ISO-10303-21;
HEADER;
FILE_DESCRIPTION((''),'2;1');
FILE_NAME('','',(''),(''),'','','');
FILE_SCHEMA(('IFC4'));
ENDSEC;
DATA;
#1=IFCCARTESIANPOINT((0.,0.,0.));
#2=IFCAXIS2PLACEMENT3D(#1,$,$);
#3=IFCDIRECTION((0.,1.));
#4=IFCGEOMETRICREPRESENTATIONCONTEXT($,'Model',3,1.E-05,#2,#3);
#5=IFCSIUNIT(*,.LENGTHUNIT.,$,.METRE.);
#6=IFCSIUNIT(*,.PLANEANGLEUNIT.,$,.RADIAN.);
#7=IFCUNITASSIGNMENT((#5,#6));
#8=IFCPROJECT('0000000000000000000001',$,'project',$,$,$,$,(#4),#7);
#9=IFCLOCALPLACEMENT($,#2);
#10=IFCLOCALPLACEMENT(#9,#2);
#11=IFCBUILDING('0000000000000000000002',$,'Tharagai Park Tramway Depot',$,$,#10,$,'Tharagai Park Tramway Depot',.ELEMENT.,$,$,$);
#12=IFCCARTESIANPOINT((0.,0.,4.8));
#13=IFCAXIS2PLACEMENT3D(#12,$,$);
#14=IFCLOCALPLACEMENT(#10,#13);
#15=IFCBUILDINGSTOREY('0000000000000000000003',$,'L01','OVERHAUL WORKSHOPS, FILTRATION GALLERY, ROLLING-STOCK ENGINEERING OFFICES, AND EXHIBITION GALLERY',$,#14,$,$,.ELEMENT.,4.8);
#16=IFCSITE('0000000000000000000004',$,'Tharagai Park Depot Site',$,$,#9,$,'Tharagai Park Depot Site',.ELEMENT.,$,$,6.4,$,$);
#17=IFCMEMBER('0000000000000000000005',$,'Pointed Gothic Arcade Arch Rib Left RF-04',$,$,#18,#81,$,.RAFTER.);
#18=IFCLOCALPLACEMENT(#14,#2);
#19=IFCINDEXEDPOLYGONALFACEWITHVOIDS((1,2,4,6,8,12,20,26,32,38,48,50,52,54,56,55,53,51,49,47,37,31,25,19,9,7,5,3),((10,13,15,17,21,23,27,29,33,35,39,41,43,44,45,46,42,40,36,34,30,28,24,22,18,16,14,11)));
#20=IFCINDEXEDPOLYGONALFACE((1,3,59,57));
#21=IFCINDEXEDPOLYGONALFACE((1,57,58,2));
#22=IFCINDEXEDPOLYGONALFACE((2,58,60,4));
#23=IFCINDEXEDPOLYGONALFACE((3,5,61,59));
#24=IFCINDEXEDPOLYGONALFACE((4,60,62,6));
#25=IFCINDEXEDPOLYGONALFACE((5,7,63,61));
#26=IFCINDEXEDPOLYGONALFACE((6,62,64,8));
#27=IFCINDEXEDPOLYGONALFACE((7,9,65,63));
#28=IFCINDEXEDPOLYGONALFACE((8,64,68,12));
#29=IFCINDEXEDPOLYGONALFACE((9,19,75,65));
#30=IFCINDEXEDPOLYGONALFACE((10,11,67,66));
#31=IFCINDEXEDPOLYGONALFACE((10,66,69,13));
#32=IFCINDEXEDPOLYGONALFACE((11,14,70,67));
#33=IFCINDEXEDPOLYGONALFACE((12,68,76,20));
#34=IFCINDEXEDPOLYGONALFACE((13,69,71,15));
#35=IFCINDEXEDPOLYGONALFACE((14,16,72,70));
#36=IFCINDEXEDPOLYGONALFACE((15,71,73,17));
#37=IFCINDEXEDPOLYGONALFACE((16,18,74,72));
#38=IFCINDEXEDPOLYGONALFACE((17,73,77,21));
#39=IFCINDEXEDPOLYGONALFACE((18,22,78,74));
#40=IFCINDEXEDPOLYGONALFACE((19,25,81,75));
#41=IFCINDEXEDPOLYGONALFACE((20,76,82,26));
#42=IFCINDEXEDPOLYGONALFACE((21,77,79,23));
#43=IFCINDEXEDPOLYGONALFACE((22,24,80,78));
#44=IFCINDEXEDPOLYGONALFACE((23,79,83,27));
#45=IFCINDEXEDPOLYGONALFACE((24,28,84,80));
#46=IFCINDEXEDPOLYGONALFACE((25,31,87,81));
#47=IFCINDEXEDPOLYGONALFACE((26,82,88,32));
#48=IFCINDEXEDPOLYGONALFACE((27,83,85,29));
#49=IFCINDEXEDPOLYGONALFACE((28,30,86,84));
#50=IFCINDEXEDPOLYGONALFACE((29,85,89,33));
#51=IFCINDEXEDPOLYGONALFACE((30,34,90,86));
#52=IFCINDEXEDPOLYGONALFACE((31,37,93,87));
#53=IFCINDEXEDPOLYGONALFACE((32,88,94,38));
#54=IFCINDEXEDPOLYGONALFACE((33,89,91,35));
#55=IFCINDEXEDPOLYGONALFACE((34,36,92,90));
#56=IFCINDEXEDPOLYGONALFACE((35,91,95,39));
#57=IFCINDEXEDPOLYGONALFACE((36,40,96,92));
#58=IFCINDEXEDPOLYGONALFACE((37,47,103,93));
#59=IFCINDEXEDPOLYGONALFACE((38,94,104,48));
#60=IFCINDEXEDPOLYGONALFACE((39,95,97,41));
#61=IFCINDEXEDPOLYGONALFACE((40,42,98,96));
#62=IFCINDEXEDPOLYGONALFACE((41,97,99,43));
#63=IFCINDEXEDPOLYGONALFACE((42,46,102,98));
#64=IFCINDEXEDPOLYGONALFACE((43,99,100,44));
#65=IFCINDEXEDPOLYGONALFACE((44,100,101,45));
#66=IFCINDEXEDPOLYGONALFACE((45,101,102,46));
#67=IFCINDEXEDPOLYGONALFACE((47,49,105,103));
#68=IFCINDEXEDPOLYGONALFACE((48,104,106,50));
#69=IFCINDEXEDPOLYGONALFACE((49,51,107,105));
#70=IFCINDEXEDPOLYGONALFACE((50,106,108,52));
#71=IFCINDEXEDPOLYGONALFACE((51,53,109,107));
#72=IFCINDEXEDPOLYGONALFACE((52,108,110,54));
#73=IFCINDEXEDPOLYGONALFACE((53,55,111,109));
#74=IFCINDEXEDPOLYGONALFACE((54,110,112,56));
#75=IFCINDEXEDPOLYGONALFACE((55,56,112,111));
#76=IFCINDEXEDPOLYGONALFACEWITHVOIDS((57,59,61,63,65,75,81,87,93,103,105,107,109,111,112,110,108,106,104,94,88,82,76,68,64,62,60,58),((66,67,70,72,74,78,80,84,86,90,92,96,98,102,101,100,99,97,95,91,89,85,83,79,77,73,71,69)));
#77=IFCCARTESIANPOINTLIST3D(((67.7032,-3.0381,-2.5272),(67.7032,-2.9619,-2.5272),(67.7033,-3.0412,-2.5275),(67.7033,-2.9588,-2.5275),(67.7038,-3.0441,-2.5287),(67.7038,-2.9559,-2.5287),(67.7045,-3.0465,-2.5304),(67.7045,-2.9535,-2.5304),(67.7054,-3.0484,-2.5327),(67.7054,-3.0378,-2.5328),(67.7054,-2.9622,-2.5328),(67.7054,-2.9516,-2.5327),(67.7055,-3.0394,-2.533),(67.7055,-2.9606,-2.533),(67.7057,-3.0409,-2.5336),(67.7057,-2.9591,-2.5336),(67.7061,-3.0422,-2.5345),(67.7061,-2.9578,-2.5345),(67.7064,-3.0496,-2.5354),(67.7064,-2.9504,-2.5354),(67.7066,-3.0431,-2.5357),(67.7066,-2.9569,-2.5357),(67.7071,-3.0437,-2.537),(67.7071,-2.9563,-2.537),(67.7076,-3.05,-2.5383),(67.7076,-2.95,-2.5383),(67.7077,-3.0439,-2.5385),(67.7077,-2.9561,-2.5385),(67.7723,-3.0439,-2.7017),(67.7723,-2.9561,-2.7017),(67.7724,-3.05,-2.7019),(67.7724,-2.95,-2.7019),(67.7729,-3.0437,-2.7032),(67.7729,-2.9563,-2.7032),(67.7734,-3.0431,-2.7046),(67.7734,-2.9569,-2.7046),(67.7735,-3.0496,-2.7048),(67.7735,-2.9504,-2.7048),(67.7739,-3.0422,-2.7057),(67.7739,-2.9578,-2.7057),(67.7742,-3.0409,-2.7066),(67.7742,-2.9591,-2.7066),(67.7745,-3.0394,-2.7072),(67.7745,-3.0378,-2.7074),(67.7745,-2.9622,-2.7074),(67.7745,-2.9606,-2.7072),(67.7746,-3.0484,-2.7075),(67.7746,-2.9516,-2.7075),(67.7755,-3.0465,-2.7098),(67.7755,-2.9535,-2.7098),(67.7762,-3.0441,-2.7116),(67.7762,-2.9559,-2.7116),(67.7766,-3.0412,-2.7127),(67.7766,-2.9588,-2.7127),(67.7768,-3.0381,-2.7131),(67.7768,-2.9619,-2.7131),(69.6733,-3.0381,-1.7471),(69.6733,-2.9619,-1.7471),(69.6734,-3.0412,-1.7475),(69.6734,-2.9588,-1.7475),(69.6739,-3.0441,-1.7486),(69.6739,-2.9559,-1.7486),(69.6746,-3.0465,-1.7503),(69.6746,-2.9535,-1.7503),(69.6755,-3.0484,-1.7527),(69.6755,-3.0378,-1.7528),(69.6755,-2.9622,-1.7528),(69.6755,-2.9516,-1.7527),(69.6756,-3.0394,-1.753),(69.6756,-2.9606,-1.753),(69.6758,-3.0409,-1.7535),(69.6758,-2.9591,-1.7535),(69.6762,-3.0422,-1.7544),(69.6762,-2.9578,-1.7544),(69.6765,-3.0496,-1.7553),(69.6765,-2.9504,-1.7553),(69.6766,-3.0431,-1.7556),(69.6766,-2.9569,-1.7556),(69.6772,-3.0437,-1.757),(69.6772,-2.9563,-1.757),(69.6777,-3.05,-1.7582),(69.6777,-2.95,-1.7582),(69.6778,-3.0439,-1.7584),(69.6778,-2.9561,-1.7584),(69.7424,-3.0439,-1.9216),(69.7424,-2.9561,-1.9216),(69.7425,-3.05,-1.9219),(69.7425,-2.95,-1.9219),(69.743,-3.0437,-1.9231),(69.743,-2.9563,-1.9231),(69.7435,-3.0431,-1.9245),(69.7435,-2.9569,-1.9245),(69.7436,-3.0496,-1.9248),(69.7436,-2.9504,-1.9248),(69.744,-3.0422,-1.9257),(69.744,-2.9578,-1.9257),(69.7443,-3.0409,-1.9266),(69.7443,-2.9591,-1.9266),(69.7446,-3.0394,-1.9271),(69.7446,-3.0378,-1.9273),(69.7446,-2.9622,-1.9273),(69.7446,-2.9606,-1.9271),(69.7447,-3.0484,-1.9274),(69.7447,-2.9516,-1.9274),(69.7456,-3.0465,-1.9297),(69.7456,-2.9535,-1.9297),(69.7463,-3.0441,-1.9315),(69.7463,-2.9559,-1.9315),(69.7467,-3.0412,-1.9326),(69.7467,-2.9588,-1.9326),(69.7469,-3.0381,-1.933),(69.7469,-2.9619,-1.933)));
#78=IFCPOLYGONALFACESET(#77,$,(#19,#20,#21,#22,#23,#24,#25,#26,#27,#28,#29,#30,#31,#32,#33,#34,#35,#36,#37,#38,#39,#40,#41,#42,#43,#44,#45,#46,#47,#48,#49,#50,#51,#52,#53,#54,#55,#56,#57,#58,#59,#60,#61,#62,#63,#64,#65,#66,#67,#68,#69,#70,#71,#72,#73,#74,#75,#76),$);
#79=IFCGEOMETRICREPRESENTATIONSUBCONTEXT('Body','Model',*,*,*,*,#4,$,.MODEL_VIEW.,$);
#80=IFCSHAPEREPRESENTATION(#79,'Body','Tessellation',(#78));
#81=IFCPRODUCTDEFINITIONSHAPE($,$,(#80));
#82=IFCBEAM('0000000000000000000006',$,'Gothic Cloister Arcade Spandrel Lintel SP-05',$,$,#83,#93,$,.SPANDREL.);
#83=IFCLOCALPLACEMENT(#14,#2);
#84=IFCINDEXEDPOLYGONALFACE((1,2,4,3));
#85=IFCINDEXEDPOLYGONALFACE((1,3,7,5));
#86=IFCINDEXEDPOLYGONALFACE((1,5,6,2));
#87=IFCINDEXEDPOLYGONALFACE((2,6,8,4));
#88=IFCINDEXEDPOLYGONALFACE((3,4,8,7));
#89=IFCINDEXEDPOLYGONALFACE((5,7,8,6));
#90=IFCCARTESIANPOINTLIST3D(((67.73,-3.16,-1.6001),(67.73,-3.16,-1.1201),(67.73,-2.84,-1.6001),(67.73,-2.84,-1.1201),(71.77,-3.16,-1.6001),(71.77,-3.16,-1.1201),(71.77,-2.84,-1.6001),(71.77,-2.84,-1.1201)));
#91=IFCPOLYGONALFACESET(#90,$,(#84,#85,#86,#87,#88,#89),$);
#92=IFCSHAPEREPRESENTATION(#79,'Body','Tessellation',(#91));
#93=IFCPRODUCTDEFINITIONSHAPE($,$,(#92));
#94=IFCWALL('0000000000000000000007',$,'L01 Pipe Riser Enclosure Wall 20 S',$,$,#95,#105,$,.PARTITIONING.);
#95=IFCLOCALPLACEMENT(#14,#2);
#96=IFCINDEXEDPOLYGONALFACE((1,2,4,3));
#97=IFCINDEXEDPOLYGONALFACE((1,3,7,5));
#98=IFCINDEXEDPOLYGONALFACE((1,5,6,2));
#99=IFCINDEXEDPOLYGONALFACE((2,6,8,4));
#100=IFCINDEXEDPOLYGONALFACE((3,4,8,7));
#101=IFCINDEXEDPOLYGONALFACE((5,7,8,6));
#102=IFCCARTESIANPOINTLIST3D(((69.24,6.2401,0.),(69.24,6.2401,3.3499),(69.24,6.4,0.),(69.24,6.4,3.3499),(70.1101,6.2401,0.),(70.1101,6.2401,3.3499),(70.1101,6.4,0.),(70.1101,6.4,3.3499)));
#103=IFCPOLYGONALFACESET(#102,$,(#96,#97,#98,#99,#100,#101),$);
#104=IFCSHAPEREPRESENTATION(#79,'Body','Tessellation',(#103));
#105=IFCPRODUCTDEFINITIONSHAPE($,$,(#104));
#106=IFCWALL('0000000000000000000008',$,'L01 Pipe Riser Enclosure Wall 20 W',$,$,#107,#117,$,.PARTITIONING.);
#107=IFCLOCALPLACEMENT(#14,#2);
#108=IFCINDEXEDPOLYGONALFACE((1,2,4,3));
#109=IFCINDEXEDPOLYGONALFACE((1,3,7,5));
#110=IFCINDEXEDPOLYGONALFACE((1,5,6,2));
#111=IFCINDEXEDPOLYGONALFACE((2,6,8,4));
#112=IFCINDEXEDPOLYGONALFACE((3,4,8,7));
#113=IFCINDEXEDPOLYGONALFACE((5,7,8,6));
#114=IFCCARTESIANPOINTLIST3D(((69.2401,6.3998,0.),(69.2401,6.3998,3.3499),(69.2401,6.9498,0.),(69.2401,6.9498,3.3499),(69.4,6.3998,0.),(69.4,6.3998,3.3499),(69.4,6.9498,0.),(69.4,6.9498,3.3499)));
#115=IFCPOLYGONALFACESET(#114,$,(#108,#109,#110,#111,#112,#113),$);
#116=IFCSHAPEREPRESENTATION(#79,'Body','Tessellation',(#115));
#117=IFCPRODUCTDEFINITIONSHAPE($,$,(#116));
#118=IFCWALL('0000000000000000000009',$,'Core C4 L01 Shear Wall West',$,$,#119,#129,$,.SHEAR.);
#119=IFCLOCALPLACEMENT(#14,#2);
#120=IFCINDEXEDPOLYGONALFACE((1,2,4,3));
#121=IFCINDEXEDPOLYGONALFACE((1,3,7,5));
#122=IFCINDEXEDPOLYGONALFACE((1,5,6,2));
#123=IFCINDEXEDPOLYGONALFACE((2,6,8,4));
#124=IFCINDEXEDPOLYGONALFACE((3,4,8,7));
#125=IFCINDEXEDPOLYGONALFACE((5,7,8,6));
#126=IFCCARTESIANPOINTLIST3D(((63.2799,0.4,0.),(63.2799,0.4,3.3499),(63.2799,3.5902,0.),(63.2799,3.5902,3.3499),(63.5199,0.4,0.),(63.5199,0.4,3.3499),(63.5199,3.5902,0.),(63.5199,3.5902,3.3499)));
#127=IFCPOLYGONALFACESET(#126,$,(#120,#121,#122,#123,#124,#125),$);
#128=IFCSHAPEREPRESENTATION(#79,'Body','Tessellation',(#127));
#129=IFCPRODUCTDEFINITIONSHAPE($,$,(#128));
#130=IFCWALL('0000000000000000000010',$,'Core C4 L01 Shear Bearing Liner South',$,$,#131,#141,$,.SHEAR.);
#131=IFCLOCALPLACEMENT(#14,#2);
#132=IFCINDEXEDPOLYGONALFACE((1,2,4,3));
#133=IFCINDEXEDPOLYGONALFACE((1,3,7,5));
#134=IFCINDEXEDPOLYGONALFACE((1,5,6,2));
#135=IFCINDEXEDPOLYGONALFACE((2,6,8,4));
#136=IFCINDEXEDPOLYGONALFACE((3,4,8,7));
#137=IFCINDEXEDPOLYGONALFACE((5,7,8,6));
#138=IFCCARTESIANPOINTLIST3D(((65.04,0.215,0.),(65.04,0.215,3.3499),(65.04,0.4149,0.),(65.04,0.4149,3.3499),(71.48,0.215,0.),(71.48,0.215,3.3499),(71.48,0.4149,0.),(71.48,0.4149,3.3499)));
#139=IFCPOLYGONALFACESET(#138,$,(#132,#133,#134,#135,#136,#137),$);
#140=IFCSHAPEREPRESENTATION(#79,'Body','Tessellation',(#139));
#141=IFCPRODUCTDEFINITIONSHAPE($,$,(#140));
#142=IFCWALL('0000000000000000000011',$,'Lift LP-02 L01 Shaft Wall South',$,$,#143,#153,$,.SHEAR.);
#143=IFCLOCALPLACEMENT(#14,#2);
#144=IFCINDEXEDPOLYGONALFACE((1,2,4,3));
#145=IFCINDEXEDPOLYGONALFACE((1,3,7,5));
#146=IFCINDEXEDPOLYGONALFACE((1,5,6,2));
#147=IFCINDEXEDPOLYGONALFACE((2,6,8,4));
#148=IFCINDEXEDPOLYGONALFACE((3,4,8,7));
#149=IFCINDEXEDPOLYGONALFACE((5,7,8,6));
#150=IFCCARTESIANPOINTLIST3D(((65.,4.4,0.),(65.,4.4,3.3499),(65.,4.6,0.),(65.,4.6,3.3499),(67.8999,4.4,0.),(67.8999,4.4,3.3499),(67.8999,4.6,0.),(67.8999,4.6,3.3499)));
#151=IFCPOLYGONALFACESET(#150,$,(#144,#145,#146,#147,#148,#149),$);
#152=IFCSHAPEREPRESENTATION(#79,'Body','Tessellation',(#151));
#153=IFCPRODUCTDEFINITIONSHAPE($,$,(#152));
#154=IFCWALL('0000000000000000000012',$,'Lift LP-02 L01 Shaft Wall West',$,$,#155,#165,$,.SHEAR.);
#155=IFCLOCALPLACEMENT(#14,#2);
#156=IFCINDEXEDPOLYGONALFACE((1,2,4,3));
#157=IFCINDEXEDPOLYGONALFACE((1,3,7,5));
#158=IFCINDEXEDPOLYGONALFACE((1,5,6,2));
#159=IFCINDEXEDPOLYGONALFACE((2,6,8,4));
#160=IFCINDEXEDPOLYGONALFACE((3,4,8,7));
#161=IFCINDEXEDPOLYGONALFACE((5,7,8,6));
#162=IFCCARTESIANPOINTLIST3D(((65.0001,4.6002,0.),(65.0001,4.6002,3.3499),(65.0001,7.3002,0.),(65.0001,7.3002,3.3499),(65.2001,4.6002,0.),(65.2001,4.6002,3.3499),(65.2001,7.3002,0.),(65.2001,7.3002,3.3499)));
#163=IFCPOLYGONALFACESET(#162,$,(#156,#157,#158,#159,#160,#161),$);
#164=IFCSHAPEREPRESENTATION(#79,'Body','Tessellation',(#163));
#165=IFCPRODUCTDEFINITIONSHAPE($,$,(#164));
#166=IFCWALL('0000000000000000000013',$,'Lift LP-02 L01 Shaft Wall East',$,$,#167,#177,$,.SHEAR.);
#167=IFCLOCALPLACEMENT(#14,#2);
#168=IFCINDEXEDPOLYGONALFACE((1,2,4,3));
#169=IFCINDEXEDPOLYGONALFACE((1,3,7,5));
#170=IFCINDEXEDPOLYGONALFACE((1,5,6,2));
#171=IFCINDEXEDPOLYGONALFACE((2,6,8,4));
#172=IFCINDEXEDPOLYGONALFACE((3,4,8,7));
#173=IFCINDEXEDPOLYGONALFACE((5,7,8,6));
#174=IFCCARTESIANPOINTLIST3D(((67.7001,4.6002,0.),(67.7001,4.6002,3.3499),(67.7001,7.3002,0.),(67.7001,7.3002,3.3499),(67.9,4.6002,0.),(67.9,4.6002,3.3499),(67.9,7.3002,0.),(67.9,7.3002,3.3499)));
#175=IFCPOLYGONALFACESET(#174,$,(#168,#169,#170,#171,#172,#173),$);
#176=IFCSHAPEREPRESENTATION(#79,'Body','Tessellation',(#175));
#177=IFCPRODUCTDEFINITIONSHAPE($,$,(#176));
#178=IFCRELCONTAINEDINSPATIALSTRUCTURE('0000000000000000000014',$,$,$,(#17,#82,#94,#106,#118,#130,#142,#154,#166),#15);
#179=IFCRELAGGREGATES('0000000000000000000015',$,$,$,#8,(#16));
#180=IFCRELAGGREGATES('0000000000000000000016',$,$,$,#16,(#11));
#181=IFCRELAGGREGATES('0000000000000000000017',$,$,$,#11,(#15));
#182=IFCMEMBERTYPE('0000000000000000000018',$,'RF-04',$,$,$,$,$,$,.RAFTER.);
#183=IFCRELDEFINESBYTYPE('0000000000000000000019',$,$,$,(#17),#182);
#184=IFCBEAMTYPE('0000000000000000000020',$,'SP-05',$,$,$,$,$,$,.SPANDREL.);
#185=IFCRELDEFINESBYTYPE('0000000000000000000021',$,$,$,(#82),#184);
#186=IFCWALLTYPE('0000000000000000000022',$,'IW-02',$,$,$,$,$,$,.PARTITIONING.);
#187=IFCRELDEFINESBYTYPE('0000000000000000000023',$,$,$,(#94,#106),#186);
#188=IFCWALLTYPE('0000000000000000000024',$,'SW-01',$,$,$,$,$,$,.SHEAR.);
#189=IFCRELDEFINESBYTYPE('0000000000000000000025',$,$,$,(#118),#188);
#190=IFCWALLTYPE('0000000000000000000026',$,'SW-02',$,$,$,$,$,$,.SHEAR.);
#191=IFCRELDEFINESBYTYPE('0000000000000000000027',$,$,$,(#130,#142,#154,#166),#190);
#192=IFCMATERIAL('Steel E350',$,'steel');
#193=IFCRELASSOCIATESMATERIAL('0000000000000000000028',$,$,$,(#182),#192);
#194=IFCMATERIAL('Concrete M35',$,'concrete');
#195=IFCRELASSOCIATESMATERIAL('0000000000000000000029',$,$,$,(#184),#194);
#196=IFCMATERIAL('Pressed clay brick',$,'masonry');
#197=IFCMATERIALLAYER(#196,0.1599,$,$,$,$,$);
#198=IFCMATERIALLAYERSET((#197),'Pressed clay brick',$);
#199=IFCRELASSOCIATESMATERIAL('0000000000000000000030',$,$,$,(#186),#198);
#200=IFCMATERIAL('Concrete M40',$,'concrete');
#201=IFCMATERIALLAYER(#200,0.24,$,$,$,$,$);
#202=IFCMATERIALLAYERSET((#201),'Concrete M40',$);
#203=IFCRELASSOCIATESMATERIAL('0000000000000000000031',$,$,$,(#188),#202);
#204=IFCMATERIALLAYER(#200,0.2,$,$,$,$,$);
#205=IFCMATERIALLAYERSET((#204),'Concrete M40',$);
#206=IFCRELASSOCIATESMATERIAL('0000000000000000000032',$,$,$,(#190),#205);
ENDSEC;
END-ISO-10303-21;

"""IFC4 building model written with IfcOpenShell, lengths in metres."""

from ifc_helpers import new_model, si_unit, direction, frame, frame_2d, origin, origin_2d, place, context, subcontext, project, spatial, rectangle, hollow_rectangle, extrude, material, layer, layer_set, material_profile, profile_set, type_object, element, save


model = new_model("IFC4")

# Units and contexts
model_context = context("Model", 3, precision=1e-05, world=origin(), true_north=direction((0.0, 1.0)))
body_context = subcontext(model_context, "Body", "Model", "MODEL_VIEW")
ifc_project = project(units=[si_unit("LENGTHUNIT", "METRE"), si_unit("PLANEANGLEUNIT", "RADIAN")], contexts=[model_context])

# Site, building, storey
site_placement = place(None, origin())
site = spatial("IfcSite", under=ifc_project, at=site_placement, Name="Tharagai Park Depot Site", LongName="Tharagai Park Depot Site", CompositionType="ELEMENT", RefElevation=6.4)
building_placement = place(site_placement, origin())
building = spatial("IfcBuilding", under=site, at=building_placement, Name="Tharagai Park Tramway Depot", LongName="Tharagai Park Tramway Depot", CompositionType="ELEMENT")
storey_placement = place(building_placement, frame((0.0, 0.0, 4.8)))
storey = spatial("IfcBuildingStorey", under=building, at=storey_placement, Name="L01", Description="OVERHAUL WORKSHOPS, FILTRATION GALLERY, ROLLING-STOCK ENGINEERING OFFICES, AND EXHIBITION GALLERY", CompositionType="ELEMENT", Elevation=4.8)

# Member
ifc_material_1 = material(Name="Steel E350", Category="steel")
ifc_material_profile_1 = material_profile(ifc_material_1, hollow_rectangle(XDim=0.1001, YDim=0.2, WallThickness=0.0061, InnerFilletRadius=0.0061, OuterFilletRadius=0.012, at=origin_2d()), Name="RHS 200x100x6")
ifc_profile_set_1 = profile_set([ifc_material_profile_1], Name="Steel E350")
member_type_1 = type_object("IfcMemberType", Name="RF-04", PredefinedType="RAFTER", material=ifc_profile_set_1)
for number, where, z_axis, x_axis, name in (
    (1, (67.74, -3.0, -2.6201), (0.929766, 0.0, 0.36815), (0.0, 1.0, 0.0), "Pointed Gothic Arcade Arch Rib Left RF-04"),
):
    element("IfcMember", number, at=place(storey_placement, frame(where, z_axis=z_axis, x_axis=x_axis)), inside=storey, type_object=member_type_1, Name=name, PredefinedType="RAFTER", context=body_context, shape_type="SweptSolid", body=[
        extrude(hollow_rectangle(XDim=0.1001, YDim=0.2, WallThickness=0.0061, InnerFilletRadius=0.0061, OuterFilletRadius=0.012, at=origin_2d()), origin(), (0.0, 0.0, 1.0), 2.1189),
    ])

# Beam
ifc_material_2 = material(Name="Concrete M35", Category="concrete")
ifc_material_profile_2 = material_profile(ifc_material_2, rectangle(XDim=0.3201, YDim=0.48, at=origin_2d()), Name="RC 320x480")
ifc_profile_set_2 = profile_set([ifc_material_profile_2], Name="Concrete M35")
beam_type = type_object("IfcBeamType", Name="SP-05", PredefinedType="SPANDREL", material=ifc_profile_set_2)
beam_placement = place(storey_placement, frame((67.73, -3.0, -1.3601), z_axis=(1.0, 0.0, 0.0), x_axis=(0.0, 1.0, 0.0)))
element("IfcBeam", 2, at=beam_placement, inside=storey, type_object=beam_type, Name="Gothic Cloister Arcade Spandrel Lintel SP-05", PredefinedType="SPANDREL", context=body_context, shape_type="SweptSolid", body=[
    extrude(rectangle(XDim=0.3201, YDim=0.48, at=origin_2d()), origin(), (0.0, 0.0, 1.0), 4.04),
])

# Walls
ifc_material_3 = material(Name="Pressed clay brick", Category="masonry")
ifc_layer_1 = layer(ifc_material_3, 0.1599)
ifc_layer_set_1 = layer_set([ifc_layer_1], Name="Pressed clay brick")
wall_type_1 = type_object("IfcWallType", Name="IW-02", PredefinedType="PARTITIONING", material=ifc_layer_set_1)
wall_1_placement = place(storey_placement, frame((69.24, 6.3201, 0.0), z_axis=(0.0, 0.0, 1.0), x_axis=(1.0, 0.0, 0.0)))
element("IfcWall", 3, at=wall_1_placement, inside=storey, type_object=wall_type_1, Name="L01 Pipe Riser Enclosure Wall 20 S", PredefinedType="PARTITIONING", context=body_context, shape_type="SweptSolid", body=[
    extrude(rectangle(XDim=0.8701, YDim=0.1599, at=frame_2d((0.4351, 0.0))), origin(), (0.0, 0.0, 1.0), 3.3499),
])
wall_2_placement = place(storey_placement, frame((69.3201, 6.3999, 0.0), z_axis=(0.0, 0.0, 1.0), x_axis=(0.0, 1.0, 0.0)))
element("IfcWall", 4, at=wall_2_placement, inside=storey, type_object=wall_type_1, Name="L01 Pipe Riser Enclosure Wall 20 W", PredefinedType="PARTITIONING", context=body_context, shape_type="SweptSolid", body=[
    extrude(rectangle(XDim=0.55, YDim=0.1599, at=frame_2d((0.2749, 0.0))), origin(), (0.0, 0.0, 1.0), 3.3499),
])
ifc_material_4 = material(Name="Concrete M40", Category="concrete")
ifc_layer_2 = layer(ifc_material_4, 0.24)
ifc_layer_set_2 = layer_set([ifc_layer_2], Name="Concrete M40")
wall_type_2 = type_object("IfcWallType", Name="SW-01", PredefinedType="SHEAR", material=ifc_layer_set_2)
wall_3_placement = place(storey_placement, frame((63.3999, 0.3999, 0.0), z_axis=(0.0, 0.0, 1.0), x_axis=(0.0, 1.0, 0.0)))
element("IfcWall", 5, at=wall_3_placement, inside=storey, type_object=wall_type_2, Name="Core C4 L01 Shear Wall West", PredefinedType="SHEAR", context=body_context, shape_type="SweptSolid", body=[
    extrude(rectangle(XDim=3.1902, YDim=0.24, at=frame_2d((1.5952, 0.0))), origin(), (0.0, 0.0, 1.0), 3.3499),
])
ifc_layer_3 = layer(ifc_material_4, 0.2)
ifc_layer_set_3 = layer_set([ifc_layer_3], Name="Concrete M40")
wall_type_3 = type_object("IfcWallType", Name="SW-02", PredefinedType="SHEAR", material=ifc_layer_set_3)
wall_4_placement = place(storey_placement, frame((65.04, 0.3149, 0.0), z_axis=(0.0, 0.0, 1.0), x_axis=(1.0, 0.0, 0.0)))
element("IfcWall", 6, at=wall_4_placement, inside=storey, type_object=wall_type_3, Name="Core C4 L01 Shear Bearing Liner South", PredefinedType="SHEAR", context=body_context, shape_type="SweptSolid", body=[
    extrude(rectangle(XDim=6.4399, YDim=0.2, at=frame_2d((3.22, 0.0))), origin(), (0.0, 0.0, 1.0), 3.3499),
])
wall_5_placement = place(storey_placement, frame((65.0, 4.5, 0.0), z_axis=(0.0, 0.0, 1.0), x_axis=(1.0, 0.0, 0.0)))
element("IfcWall", 7, at=wall_5_placement, inside=storey, type_object=wall_type_3, Name="Lift LP-02 L01 Shaft Wall South", PredefinedType="SHEAR", context=body_context, shape_type="SweptSolid", body=[
    extrude(rectangle(XDim=2.8999, YDim=0.2, at=frame_2d((1.45, 0.0))), origin(), (0.0, 0.0, 1.0), 3.3499),
])
for number, where, z_axis, x_axis, name in (
    (8, (65.1001, 4.6001, 0.0), (0.0, 0.0, 1.0), (0.0, 1.0, 0.0), "Lift LP-02 L01 Shaft Wall West"),
    (9, (67.8, 4.6001, 0.0), (0.0, 0.0, 1.0), (0.0, 1.0, 0.0), "Lift LP-02 L01 Shaft Wall East"),
):
    element("IfcWall", number, at=place(storey_placement, frame(where, z_axis=z_axis, x_axis=x_axis)), inside=storey, type_object=wall_type_3, Name=name, PredefinedType="SHEAR", context=body_context, shape_type="SweptSolid", body=[
        extrude(rectangle(XDim=2.7, YDim=0.2, at=frame_2d((1.3501, 0.0))), origin(), (0.0, 0.0, 1.0), 3.3499),
    ])

save(model, "model.ifc")
